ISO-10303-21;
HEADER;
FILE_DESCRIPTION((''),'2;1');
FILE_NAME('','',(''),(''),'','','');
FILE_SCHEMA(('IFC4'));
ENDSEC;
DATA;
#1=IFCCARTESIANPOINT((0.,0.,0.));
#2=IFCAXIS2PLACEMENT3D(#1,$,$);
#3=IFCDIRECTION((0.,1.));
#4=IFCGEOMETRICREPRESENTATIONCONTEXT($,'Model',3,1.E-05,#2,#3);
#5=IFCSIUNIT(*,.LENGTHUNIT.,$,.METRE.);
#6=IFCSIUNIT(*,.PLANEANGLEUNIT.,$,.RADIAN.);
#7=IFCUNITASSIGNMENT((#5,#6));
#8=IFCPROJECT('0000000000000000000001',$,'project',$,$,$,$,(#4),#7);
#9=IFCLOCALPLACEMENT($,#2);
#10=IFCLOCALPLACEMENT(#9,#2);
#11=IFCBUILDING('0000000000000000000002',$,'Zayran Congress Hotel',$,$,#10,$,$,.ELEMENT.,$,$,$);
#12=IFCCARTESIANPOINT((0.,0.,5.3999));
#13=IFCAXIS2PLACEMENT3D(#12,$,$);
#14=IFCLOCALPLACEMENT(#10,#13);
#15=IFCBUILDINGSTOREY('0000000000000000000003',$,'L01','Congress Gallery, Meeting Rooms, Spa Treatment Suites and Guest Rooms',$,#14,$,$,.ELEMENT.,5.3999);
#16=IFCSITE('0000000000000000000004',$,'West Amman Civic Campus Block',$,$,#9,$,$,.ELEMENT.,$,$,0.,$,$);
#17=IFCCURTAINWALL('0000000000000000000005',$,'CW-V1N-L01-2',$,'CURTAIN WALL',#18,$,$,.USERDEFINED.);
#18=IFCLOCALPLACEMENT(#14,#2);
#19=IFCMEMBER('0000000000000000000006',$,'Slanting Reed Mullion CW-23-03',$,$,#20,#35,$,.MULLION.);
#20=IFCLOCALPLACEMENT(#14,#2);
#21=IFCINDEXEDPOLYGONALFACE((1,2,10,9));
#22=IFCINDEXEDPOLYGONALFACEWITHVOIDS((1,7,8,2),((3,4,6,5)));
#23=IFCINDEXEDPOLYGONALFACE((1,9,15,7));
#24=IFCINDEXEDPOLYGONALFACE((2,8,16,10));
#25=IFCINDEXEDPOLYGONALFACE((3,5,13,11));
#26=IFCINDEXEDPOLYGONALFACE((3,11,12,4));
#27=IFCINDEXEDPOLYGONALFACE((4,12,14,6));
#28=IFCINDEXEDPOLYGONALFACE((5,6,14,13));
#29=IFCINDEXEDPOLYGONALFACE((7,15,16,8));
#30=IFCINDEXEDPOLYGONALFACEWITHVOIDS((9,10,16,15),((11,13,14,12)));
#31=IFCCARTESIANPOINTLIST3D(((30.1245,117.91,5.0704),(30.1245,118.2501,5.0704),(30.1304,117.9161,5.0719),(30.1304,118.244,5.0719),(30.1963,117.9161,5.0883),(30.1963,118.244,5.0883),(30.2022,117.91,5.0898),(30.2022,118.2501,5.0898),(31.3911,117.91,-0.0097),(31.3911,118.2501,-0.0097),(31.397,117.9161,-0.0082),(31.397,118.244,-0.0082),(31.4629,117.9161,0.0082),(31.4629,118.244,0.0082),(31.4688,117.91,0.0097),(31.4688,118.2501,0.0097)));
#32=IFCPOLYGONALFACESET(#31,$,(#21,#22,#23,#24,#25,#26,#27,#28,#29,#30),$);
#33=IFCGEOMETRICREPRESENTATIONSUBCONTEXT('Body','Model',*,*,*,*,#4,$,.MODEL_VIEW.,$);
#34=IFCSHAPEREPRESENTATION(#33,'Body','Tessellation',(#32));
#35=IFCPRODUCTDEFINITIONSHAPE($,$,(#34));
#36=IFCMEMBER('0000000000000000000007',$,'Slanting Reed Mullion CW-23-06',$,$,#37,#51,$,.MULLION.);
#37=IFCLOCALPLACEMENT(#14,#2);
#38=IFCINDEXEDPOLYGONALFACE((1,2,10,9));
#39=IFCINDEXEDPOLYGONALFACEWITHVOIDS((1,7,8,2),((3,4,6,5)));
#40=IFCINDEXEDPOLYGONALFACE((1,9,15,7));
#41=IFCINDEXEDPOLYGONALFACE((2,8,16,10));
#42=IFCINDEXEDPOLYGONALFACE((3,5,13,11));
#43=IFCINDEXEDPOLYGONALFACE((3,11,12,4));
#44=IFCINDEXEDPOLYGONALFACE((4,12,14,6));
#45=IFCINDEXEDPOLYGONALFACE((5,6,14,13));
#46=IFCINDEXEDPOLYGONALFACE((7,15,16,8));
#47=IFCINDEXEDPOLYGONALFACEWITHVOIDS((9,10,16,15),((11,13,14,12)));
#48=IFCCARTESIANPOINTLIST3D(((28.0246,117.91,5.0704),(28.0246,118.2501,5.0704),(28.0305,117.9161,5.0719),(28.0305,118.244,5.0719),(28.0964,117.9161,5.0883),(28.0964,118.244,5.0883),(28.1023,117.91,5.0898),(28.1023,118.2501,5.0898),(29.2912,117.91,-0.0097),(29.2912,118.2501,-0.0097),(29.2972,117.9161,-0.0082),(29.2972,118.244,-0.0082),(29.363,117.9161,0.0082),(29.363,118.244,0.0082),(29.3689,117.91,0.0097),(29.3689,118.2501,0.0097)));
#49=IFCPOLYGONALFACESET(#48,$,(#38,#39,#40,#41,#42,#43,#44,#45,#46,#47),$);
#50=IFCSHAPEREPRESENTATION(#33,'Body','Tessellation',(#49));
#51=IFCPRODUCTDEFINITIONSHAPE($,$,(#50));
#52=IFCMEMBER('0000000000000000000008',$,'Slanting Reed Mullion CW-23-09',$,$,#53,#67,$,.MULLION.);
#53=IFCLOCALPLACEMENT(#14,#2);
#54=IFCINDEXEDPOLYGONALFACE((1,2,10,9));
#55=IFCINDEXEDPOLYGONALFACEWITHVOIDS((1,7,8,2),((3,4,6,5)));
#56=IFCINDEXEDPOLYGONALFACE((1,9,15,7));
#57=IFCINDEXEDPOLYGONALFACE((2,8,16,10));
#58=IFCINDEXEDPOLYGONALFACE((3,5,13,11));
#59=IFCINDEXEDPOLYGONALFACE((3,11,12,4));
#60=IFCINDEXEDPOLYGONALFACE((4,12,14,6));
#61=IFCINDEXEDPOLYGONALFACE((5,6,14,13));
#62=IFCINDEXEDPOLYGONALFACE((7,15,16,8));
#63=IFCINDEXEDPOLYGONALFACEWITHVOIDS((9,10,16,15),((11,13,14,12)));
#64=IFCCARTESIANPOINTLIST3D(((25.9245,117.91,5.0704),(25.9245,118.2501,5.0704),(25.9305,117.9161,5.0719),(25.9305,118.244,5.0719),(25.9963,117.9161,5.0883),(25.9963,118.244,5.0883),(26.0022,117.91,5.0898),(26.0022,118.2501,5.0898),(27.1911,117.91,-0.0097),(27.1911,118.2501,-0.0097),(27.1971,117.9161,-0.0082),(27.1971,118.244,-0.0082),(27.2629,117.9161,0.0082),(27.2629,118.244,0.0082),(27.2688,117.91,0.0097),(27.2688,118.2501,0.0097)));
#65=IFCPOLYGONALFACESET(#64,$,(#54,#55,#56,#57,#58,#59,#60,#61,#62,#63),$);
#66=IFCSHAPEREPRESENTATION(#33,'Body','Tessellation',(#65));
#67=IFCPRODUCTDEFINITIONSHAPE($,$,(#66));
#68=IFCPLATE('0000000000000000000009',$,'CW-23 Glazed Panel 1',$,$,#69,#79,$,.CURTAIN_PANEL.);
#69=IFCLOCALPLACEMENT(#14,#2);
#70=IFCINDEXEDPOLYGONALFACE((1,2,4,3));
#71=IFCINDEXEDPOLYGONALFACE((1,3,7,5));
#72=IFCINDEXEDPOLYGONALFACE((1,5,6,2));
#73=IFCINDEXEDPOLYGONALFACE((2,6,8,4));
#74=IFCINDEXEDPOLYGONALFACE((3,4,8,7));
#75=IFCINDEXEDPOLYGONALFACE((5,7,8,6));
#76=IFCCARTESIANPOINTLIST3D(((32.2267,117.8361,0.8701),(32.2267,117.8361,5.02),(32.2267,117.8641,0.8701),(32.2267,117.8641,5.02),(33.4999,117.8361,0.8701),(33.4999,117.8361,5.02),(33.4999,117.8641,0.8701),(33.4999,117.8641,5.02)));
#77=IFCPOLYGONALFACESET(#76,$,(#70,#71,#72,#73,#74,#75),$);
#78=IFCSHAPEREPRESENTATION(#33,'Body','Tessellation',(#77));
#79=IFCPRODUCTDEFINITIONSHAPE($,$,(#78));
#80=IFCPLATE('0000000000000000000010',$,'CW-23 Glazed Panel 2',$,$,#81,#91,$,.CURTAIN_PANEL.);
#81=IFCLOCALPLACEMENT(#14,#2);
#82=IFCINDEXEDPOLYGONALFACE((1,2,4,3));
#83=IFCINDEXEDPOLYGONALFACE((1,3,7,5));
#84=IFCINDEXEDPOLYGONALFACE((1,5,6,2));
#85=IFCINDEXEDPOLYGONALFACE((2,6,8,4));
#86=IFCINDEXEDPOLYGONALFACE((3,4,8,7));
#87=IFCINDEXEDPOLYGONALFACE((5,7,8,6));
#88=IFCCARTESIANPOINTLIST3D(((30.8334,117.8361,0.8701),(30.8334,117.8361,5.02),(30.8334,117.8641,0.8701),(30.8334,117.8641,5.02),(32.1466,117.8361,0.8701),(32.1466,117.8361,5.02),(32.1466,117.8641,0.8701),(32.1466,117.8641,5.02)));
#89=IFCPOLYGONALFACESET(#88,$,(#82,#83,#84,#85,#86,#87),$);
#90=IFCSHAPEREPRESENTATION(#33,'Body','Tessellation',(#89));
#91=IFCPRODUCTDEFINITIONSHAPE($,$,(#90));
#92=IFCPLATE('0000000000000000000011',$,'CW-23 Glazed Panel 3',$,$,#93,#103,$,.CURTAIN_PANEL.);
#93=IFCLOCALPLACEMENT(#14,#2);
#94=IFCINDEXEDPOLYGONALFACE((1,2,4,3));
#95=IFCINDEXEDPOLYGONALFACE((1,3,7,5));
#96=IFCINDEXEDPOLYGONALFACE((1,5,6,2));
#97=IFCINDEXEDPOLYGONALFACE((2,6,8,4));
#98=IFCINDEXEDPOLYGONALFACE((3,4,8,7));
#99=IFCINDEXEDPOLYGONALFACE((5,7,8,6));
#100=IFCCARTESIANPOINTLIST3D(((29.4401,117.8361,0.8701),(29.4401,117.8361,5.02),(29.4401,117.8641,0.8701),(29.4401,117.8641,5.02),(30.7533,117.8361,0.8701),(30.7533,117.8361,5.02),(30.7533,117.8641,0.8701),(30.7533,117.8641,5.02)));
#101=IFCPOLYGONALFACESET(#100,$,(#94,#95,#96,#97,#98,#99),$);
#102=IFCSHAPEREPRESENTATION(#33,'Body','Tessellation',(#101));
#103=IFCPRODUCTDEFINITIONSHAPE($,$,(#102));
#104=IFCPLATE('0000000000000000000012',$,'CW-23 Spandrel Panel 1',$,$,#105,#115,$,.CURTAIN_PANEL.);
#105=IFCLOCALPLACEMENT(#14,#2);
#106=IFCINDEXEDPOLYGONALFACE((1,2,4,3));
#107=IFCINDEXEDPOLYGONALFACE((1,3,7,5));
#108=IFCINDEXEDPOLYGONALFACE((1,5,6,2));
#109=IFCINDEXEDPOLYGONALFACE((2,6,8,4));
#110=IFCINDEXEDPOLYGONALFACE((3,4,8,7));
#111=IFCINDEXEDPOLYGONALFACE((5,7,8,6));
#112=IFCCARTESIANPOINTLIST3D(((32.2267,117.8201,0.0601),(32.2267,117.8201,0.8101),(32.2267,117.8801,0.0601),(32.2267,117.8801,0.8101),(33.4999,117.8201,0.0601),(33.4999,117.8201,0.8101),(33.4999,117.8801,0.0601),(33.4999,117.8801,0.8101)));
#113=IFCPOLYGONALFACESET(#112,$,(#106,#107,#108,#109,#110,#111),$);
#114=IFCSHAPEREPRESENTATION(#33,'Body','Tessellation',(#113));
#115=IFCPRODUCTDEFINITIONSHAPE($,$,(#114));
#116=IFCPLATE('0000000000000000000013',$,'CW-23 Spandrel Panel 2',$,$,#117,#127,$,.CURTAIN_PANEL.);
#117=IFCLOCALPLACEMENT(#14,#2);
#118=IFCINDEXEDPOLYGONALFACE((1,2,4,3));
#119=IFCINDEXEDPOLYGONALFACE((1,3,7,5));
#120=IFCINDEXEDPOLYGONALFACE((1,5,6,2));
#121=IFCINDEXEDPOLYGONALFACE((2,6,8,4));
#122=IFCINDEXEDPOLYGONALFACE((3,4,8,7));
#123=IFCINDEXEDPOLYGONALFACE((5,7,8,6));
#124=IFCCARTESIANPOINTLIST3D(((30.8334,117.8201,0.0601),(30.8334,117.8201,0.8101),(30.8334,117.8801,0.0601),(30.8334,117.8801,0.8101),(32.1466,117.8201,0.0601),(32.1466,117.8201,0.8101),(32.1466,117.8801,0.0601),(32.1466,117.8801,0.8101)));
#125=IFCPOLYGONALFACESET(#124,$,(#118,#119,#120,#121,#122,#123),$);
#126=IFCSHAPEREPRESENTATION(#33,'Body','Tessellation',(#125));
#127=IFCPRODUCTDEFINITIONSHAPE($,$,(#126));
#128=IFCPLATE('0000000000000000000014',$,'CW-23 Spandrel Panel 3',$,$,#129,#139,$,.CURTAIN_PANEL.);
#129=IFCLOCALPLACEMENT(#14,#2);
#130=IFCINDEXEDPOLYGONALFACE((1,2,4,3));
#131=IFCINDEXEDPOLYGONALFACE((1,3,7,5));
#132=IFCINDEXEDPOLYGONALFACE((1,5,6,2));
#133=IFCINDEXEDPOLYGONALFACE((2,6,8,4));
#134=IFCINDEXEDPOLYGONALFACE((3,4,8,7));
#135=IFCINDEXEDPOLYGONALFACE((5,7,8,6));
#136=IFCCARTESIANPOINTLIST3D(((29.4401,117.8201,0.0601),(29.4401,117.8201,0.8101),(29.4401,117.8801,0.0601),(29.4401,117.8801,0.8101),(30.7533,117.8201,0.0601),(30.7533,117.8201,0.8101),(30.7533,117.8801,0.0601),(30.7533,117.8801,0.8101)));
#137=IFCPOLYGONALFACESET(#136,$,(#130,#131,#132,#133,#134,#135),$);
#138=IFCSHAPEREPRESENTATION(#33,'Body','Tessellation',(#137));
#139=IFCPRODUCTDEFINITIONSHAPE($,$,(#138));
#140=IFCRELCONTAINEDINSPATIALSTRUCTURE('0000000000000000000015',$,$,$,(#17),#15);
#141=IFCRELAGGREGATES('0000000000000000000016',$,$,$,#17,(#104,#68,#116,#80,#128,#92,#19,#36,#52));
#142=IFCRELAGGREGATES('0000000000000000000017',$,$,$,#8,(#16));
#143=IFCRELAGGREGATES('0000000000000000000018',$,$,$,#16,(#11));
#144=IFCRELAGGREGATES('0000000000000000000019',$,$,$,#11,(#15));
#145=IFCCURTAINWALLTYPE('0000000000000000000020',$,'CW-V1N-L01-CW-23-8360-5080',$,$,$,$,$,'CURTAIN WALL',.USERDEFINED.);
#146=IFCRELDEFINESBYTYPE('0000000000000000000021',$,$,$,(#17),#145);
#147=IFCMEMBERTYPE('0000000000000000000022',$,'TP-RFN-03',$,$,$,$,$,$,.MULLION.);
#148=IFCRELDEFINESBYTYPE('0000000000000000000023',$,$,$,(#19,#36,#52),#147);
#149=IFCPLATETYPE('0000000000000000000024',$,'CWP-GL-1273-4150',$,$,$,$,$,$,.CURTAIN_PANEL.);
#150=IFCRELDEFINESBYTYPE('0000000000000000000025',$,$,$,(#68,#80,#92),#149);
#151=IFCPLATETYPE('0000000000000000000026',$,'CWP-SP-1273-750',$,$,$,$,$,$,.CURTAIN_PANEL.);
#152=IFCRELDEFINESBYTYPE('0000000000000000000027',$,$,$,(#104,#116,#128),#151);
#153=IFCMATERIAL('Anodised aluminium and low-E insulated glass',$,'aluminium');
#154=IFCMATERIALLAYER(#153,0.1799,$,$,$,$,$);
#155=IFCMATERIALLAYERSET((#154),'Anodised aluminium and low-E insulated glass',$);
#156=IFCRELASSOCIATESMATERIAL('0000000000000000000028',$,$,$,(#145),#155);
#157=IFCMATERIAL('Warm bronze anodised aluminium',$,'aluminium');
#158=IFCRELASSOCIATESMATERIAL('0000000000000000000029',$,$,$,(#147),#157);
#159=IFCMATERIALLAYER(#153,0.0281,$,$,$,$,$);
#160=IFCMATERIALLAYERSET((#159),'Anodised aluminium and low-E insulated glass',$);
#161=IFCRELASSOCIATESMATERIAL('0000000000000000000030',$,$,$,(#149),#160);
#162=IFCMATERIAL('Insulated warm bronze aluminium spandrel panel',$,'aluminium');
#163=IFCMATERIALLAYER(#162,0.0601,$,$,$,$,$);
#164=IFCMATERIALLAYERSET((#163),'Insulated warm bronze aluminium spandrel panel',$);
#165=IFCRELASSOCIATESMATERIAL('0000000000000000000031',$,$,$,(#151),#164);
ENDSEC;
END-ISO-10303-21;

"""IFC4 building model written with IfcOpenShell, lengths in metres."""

from ifc_helpers import new_model, si_unit, direction, frame, origin, origin_2d, place, context, subcontext, project, spatial, rectangle, hollow_rectangle, extrude, material, layer, layer_set, material_profile, profile_set, type_object, element, aggregate, save


model = new_model("IFC4")

# Units and contexts
model_context = context("Model", 3, precision=1e-05, world=origin(), true_north=direction((0.0, 1.0)))
body_context = subcontext(model_context, "Body", "Model", "MODEL_VIEW")
ifc_project = project(units=[si_unit("LENGTHUNIT", "METRE"), si_unit("PLANEANGLEUNIT", "RADIAN")], contexts=[model_context])

# Site, building, storey
site_placement = place(None, origin())
site = spatial("IfcSite", under=ifc_project, at=site_placement, Name="West Amman Civic Campus Block", CompositionType="ELEMENT", RefElevation=0.0)
building_placement = place(site_placement, origin())
building = spatial("IfcBuilding", under=site, at=building_placement, Name="Zayran Congress Hotel", CompositionType="ELEMENT")
storey_placement = place(building_placement, frame((0.0, 0.0, 5.3999)))
storey = spatial("IfcBuildingStorey", under=building, at=storey_placement, Name="L01", Description="Congress Gallery, Meeting Rooms, Spa Treatment Suites and Guest Rooms", CompositionType="ELEMENT", Elevation=5.3999)

# Curtain wall, members, plates
ifc_material_1 = material(Name="Anodised aluminium and low-E insulated glass", Category="aluminium")
ifc_layer_1 = layer(ifc_material_1, 0.1799)
ifc_layer_set_1 = layer_set([ifc_layer_1], Name="Anodised aluminium and low-E insulated glass")
curtain_wall_type = type_object("IfcCurtainWallType", Name="CW-V1N-L01-CW-23-8360-5080", ElementType="CURTAIN WALL", PredefinedType="USERDEFINED", material=ifc_layer_set_1)
curtain_wall_placement = place(storey_placement, origin())
curtain_wall = element("IfcCurtainWall", 1, at=curtain_wall_placement, inside=storey, type_object=curtain_wall_type, Name="CW-V1N-L01-2", ObjectType="CURTAIN WALL", PredefinedType="USERDEFINED")
ifc_material_2 = material(Name="Warm bronze anodised aluminium", Category="aluminium")
ifc_material_profile_1 = material_profile(ifc_material_2, hollow_rectangle(XDim=0.0801, YDim=0.3401, WallThickness=0.0061, at=origin_2d()), Name="RHS 340x80x6")
ifc_profile_set_1 = profile_set([ifc_material_profile_1], Name="Warm bronze anodised aluminium")
member_type_1 = type_object("IfcMemberType", Name="TP-RFN-03", PredefinedType="MULLION", material=ifc_profile_set_1)
member_1_placement = place(storey_placement, frame((31.4299, 118.0801, 0.0), z_axis=(-0.241921, 0.0, 0.970296), x_axis=(0.970296, 0.0, 0.241921)))
member_1 = element("IfcMember", 2, at=member_1_placement, type_object=member_type_1, Name="Slanting Reed Mullion CW-23-03", PredefinedType="MULLION", context=body_context, shape_type="SweptSolid", body=[
    extrude(hollow_rectangle(XDim=0.0801, YDim=0.3401, WallThickness=0.0061, at=origin_2d()), origin(), (0.0, 0.0, 1.0), 5.2356),
])
member_2_placement = place(storey_placement, frame((29.3301, 118.0801, 0.0), z_axis=(-0.241921, 0.0, 0.970296), x_axis=(0.970296, 0.0, 0.241921)))
member_2 = element("IfcMember", 3, at=member_2_placement, type_object=member_type_1, Name="Slanting Reed Mullion CW-23-06", PredefinedType="MULLION", context=body_context, shape_type="SweptSolid", body=[
    extrude(hollow_rectangle(XDim=0.0801, YDim=0.3401, WallThickness=0.0061, at=origin_2d()), origin(), (0.0, 0.0, 1.0), 5.2356),
])
member_3_placement = place(storey_placement, frame((27.23, 118.0801, 0.0), z_axis=(-0.241921, 0.0, 0.970296), x_axis=(0.970296, 0.0, 0.241921)))
member_3 = element("IfcMember", 4, at=member_3_placement, type_object=member_type_1, Name="Slanting Reed Mullion CW-23-09", PredefinedType="MULLION", context=body_context, shape_type="SweptSolid", body=[
    extrude(hollow_rectangle(XDim=0.0801, YDim=0.3401, WallThickness=0.0061, at=origin_2d()), origin(), (0.0, 0.0, 1.0), 5.2356),
])
ifc_layer_2 = layer(ifc_material_1, 0.0281)
ifc_layer_set_2 = layer_set([ifc_layer_2], Name="Anodised aluminium and low-E insulated glass")
plate_type_1 = type_object("IfcPlateType", Name="CWP-GL-1273-4150", PredefinedType="CURTAIN_PANEL", material=ifc_layer_set_2)
plate_1_placement = place(storey_placement, frame((32.8633, 117.8501, 0.8701), z_axis=(0.0, 0.0, 1.0), x_axis=(1.0, 0.0, 0.0)))
plate_1 = element("IfcPlate", 5, at=plate_1_placement, type_object=plate_type_1, Name="CW-23 Glazed Panel 1", PredefinedType="CURTAIN_PANEL", context=body_context, shape_type="SweptSolid", body=[
    extrude(rectangle(XDim=1.2732, YDim=0.0281, at=origin_2d()), origin(), (0.0, 0.0, 1.0), 4.1499),
])
plate_2_placement = place(storey_placement, frame((31.49, 117.8501, 0.8701), z_axis=(0.0, 0.0, 1.0), x_axis=(1.0, 0.0, 0.0)))
plate_2 = element("IfcPlate", 6, at=plate_2_placement, type_object=plate_type_1, Name="CW-23 Glazed Panel 2", PredefinedType="CURTAIN_PANEL", context=body_context, shape_type="SweptSolid", body=[
    extrude(rectangle(XDim=1.3132, YDim=0.0281, at=origin_2d()), origin(), (0.0, 0.0, 1.0), 4.1499),
])
plate_3_placement = place(storey_placement, frame((30.0967, 117.8501, 0.8701), z_axis=(0.0, 0.0, 1.0), x_axis=(1.0, 0.0, 0.0)))
plate_3 = element("IfcPlate", 7, at=plate_3_placement, type_object=plate_type_1, Name="CW-23 Glazed Panel 3", PredefinedType="CURTAIN_PANEL", context=body_context, shape_type="SweptSolid", body=[
    extrude(rectangle(XDim=1.3132, YDim=0.0281, at=origin_2d()), origin(), (0.0, 0.0, 1.0), 4.1499),
])
ifc_material_3 = material(Name="Insulated warm bronze aluminium spandrel panel", Category="aluminium")
ifc_layer_3 = layer(ifc_material_3, 0.0601)
ifc_layer_set_3 = layer_set([ifc_layer_3], Name="Insulated warm bronze aluminium spandrel panel")
plate_type_2 = type_object("IfcPlateType", Name="CWP-SP-1273-750", PredefinedType="CURTAIN_PANEL", material=ifc_layer_set_3)
plate_4_placement = place(storey_placement, frame((32.8633, 117.8501, 0.0601), z_axis=(0.0, 0.0, 1.0), x_axis=(1.0, 0.0, 0.0)))
plate_4 = element("IfcPlate", 8, at=plate_4_placement, type_object=plate_type_2, Name="CW-23 Spandrel Panel 1", PredefinedType="CURTAIN_PANEL", context=body_context, shape_type="SweptSolid", body=[
    extrude(rectangle(XDim=1.2732, YDim=0.0601, at=origin_2d()), origin(), (0.0, 0.0, 1.0), 0.75),
])
plate_5_placement = place(storey_placement, frame((31.49, 117.8501, 0.0601), z_axis=(0.0, 0.0, 1.0), x_axis=(1.0, 0.0, 0.0)))
plate_5 = element("IfcPlate", 9, at=plate_5_placement, type_object=plate_type_2, Name="CW-23 Spandrel Panel 2", PredefinedType="CURTAIN_PANEL", context=body_context, shape_type="SweptSolid", body=[
    extrude(rectangle(XDim=1.3132, YDim=0.0601, at=origin_2d()), origin(), (0.0, 0.0, 1.0), 0.75),
])
plate_6_placement = place(storey_placement, frame((30.0967, 117.8501, 0.0601), z_axis=(0.0, 0.0, 1.0), x_axis=(1.0, 0.0, 0.0)))
plate_6 = element("IfcPlate", 10, at=plate_6_placement, type_object=plate_type_2, Name="CW-23 Spandrel Panel 3", PredefinedType="CURTAIN_PANEL", context=body_context, shape_type="SweptSolid", body=[
    extrude(rectangle(XDim=1.3132, YDim=0.0601, at=origin_2d()), origin(), (0.0, 0.0, 1.0), 0.75),
])
aggregate(curtain_wall, [plate_4, plate_1, plate_5, plate_2, plate_6, plate_3, member_1, member_2, member_3])

save(model, "model.ifc")
